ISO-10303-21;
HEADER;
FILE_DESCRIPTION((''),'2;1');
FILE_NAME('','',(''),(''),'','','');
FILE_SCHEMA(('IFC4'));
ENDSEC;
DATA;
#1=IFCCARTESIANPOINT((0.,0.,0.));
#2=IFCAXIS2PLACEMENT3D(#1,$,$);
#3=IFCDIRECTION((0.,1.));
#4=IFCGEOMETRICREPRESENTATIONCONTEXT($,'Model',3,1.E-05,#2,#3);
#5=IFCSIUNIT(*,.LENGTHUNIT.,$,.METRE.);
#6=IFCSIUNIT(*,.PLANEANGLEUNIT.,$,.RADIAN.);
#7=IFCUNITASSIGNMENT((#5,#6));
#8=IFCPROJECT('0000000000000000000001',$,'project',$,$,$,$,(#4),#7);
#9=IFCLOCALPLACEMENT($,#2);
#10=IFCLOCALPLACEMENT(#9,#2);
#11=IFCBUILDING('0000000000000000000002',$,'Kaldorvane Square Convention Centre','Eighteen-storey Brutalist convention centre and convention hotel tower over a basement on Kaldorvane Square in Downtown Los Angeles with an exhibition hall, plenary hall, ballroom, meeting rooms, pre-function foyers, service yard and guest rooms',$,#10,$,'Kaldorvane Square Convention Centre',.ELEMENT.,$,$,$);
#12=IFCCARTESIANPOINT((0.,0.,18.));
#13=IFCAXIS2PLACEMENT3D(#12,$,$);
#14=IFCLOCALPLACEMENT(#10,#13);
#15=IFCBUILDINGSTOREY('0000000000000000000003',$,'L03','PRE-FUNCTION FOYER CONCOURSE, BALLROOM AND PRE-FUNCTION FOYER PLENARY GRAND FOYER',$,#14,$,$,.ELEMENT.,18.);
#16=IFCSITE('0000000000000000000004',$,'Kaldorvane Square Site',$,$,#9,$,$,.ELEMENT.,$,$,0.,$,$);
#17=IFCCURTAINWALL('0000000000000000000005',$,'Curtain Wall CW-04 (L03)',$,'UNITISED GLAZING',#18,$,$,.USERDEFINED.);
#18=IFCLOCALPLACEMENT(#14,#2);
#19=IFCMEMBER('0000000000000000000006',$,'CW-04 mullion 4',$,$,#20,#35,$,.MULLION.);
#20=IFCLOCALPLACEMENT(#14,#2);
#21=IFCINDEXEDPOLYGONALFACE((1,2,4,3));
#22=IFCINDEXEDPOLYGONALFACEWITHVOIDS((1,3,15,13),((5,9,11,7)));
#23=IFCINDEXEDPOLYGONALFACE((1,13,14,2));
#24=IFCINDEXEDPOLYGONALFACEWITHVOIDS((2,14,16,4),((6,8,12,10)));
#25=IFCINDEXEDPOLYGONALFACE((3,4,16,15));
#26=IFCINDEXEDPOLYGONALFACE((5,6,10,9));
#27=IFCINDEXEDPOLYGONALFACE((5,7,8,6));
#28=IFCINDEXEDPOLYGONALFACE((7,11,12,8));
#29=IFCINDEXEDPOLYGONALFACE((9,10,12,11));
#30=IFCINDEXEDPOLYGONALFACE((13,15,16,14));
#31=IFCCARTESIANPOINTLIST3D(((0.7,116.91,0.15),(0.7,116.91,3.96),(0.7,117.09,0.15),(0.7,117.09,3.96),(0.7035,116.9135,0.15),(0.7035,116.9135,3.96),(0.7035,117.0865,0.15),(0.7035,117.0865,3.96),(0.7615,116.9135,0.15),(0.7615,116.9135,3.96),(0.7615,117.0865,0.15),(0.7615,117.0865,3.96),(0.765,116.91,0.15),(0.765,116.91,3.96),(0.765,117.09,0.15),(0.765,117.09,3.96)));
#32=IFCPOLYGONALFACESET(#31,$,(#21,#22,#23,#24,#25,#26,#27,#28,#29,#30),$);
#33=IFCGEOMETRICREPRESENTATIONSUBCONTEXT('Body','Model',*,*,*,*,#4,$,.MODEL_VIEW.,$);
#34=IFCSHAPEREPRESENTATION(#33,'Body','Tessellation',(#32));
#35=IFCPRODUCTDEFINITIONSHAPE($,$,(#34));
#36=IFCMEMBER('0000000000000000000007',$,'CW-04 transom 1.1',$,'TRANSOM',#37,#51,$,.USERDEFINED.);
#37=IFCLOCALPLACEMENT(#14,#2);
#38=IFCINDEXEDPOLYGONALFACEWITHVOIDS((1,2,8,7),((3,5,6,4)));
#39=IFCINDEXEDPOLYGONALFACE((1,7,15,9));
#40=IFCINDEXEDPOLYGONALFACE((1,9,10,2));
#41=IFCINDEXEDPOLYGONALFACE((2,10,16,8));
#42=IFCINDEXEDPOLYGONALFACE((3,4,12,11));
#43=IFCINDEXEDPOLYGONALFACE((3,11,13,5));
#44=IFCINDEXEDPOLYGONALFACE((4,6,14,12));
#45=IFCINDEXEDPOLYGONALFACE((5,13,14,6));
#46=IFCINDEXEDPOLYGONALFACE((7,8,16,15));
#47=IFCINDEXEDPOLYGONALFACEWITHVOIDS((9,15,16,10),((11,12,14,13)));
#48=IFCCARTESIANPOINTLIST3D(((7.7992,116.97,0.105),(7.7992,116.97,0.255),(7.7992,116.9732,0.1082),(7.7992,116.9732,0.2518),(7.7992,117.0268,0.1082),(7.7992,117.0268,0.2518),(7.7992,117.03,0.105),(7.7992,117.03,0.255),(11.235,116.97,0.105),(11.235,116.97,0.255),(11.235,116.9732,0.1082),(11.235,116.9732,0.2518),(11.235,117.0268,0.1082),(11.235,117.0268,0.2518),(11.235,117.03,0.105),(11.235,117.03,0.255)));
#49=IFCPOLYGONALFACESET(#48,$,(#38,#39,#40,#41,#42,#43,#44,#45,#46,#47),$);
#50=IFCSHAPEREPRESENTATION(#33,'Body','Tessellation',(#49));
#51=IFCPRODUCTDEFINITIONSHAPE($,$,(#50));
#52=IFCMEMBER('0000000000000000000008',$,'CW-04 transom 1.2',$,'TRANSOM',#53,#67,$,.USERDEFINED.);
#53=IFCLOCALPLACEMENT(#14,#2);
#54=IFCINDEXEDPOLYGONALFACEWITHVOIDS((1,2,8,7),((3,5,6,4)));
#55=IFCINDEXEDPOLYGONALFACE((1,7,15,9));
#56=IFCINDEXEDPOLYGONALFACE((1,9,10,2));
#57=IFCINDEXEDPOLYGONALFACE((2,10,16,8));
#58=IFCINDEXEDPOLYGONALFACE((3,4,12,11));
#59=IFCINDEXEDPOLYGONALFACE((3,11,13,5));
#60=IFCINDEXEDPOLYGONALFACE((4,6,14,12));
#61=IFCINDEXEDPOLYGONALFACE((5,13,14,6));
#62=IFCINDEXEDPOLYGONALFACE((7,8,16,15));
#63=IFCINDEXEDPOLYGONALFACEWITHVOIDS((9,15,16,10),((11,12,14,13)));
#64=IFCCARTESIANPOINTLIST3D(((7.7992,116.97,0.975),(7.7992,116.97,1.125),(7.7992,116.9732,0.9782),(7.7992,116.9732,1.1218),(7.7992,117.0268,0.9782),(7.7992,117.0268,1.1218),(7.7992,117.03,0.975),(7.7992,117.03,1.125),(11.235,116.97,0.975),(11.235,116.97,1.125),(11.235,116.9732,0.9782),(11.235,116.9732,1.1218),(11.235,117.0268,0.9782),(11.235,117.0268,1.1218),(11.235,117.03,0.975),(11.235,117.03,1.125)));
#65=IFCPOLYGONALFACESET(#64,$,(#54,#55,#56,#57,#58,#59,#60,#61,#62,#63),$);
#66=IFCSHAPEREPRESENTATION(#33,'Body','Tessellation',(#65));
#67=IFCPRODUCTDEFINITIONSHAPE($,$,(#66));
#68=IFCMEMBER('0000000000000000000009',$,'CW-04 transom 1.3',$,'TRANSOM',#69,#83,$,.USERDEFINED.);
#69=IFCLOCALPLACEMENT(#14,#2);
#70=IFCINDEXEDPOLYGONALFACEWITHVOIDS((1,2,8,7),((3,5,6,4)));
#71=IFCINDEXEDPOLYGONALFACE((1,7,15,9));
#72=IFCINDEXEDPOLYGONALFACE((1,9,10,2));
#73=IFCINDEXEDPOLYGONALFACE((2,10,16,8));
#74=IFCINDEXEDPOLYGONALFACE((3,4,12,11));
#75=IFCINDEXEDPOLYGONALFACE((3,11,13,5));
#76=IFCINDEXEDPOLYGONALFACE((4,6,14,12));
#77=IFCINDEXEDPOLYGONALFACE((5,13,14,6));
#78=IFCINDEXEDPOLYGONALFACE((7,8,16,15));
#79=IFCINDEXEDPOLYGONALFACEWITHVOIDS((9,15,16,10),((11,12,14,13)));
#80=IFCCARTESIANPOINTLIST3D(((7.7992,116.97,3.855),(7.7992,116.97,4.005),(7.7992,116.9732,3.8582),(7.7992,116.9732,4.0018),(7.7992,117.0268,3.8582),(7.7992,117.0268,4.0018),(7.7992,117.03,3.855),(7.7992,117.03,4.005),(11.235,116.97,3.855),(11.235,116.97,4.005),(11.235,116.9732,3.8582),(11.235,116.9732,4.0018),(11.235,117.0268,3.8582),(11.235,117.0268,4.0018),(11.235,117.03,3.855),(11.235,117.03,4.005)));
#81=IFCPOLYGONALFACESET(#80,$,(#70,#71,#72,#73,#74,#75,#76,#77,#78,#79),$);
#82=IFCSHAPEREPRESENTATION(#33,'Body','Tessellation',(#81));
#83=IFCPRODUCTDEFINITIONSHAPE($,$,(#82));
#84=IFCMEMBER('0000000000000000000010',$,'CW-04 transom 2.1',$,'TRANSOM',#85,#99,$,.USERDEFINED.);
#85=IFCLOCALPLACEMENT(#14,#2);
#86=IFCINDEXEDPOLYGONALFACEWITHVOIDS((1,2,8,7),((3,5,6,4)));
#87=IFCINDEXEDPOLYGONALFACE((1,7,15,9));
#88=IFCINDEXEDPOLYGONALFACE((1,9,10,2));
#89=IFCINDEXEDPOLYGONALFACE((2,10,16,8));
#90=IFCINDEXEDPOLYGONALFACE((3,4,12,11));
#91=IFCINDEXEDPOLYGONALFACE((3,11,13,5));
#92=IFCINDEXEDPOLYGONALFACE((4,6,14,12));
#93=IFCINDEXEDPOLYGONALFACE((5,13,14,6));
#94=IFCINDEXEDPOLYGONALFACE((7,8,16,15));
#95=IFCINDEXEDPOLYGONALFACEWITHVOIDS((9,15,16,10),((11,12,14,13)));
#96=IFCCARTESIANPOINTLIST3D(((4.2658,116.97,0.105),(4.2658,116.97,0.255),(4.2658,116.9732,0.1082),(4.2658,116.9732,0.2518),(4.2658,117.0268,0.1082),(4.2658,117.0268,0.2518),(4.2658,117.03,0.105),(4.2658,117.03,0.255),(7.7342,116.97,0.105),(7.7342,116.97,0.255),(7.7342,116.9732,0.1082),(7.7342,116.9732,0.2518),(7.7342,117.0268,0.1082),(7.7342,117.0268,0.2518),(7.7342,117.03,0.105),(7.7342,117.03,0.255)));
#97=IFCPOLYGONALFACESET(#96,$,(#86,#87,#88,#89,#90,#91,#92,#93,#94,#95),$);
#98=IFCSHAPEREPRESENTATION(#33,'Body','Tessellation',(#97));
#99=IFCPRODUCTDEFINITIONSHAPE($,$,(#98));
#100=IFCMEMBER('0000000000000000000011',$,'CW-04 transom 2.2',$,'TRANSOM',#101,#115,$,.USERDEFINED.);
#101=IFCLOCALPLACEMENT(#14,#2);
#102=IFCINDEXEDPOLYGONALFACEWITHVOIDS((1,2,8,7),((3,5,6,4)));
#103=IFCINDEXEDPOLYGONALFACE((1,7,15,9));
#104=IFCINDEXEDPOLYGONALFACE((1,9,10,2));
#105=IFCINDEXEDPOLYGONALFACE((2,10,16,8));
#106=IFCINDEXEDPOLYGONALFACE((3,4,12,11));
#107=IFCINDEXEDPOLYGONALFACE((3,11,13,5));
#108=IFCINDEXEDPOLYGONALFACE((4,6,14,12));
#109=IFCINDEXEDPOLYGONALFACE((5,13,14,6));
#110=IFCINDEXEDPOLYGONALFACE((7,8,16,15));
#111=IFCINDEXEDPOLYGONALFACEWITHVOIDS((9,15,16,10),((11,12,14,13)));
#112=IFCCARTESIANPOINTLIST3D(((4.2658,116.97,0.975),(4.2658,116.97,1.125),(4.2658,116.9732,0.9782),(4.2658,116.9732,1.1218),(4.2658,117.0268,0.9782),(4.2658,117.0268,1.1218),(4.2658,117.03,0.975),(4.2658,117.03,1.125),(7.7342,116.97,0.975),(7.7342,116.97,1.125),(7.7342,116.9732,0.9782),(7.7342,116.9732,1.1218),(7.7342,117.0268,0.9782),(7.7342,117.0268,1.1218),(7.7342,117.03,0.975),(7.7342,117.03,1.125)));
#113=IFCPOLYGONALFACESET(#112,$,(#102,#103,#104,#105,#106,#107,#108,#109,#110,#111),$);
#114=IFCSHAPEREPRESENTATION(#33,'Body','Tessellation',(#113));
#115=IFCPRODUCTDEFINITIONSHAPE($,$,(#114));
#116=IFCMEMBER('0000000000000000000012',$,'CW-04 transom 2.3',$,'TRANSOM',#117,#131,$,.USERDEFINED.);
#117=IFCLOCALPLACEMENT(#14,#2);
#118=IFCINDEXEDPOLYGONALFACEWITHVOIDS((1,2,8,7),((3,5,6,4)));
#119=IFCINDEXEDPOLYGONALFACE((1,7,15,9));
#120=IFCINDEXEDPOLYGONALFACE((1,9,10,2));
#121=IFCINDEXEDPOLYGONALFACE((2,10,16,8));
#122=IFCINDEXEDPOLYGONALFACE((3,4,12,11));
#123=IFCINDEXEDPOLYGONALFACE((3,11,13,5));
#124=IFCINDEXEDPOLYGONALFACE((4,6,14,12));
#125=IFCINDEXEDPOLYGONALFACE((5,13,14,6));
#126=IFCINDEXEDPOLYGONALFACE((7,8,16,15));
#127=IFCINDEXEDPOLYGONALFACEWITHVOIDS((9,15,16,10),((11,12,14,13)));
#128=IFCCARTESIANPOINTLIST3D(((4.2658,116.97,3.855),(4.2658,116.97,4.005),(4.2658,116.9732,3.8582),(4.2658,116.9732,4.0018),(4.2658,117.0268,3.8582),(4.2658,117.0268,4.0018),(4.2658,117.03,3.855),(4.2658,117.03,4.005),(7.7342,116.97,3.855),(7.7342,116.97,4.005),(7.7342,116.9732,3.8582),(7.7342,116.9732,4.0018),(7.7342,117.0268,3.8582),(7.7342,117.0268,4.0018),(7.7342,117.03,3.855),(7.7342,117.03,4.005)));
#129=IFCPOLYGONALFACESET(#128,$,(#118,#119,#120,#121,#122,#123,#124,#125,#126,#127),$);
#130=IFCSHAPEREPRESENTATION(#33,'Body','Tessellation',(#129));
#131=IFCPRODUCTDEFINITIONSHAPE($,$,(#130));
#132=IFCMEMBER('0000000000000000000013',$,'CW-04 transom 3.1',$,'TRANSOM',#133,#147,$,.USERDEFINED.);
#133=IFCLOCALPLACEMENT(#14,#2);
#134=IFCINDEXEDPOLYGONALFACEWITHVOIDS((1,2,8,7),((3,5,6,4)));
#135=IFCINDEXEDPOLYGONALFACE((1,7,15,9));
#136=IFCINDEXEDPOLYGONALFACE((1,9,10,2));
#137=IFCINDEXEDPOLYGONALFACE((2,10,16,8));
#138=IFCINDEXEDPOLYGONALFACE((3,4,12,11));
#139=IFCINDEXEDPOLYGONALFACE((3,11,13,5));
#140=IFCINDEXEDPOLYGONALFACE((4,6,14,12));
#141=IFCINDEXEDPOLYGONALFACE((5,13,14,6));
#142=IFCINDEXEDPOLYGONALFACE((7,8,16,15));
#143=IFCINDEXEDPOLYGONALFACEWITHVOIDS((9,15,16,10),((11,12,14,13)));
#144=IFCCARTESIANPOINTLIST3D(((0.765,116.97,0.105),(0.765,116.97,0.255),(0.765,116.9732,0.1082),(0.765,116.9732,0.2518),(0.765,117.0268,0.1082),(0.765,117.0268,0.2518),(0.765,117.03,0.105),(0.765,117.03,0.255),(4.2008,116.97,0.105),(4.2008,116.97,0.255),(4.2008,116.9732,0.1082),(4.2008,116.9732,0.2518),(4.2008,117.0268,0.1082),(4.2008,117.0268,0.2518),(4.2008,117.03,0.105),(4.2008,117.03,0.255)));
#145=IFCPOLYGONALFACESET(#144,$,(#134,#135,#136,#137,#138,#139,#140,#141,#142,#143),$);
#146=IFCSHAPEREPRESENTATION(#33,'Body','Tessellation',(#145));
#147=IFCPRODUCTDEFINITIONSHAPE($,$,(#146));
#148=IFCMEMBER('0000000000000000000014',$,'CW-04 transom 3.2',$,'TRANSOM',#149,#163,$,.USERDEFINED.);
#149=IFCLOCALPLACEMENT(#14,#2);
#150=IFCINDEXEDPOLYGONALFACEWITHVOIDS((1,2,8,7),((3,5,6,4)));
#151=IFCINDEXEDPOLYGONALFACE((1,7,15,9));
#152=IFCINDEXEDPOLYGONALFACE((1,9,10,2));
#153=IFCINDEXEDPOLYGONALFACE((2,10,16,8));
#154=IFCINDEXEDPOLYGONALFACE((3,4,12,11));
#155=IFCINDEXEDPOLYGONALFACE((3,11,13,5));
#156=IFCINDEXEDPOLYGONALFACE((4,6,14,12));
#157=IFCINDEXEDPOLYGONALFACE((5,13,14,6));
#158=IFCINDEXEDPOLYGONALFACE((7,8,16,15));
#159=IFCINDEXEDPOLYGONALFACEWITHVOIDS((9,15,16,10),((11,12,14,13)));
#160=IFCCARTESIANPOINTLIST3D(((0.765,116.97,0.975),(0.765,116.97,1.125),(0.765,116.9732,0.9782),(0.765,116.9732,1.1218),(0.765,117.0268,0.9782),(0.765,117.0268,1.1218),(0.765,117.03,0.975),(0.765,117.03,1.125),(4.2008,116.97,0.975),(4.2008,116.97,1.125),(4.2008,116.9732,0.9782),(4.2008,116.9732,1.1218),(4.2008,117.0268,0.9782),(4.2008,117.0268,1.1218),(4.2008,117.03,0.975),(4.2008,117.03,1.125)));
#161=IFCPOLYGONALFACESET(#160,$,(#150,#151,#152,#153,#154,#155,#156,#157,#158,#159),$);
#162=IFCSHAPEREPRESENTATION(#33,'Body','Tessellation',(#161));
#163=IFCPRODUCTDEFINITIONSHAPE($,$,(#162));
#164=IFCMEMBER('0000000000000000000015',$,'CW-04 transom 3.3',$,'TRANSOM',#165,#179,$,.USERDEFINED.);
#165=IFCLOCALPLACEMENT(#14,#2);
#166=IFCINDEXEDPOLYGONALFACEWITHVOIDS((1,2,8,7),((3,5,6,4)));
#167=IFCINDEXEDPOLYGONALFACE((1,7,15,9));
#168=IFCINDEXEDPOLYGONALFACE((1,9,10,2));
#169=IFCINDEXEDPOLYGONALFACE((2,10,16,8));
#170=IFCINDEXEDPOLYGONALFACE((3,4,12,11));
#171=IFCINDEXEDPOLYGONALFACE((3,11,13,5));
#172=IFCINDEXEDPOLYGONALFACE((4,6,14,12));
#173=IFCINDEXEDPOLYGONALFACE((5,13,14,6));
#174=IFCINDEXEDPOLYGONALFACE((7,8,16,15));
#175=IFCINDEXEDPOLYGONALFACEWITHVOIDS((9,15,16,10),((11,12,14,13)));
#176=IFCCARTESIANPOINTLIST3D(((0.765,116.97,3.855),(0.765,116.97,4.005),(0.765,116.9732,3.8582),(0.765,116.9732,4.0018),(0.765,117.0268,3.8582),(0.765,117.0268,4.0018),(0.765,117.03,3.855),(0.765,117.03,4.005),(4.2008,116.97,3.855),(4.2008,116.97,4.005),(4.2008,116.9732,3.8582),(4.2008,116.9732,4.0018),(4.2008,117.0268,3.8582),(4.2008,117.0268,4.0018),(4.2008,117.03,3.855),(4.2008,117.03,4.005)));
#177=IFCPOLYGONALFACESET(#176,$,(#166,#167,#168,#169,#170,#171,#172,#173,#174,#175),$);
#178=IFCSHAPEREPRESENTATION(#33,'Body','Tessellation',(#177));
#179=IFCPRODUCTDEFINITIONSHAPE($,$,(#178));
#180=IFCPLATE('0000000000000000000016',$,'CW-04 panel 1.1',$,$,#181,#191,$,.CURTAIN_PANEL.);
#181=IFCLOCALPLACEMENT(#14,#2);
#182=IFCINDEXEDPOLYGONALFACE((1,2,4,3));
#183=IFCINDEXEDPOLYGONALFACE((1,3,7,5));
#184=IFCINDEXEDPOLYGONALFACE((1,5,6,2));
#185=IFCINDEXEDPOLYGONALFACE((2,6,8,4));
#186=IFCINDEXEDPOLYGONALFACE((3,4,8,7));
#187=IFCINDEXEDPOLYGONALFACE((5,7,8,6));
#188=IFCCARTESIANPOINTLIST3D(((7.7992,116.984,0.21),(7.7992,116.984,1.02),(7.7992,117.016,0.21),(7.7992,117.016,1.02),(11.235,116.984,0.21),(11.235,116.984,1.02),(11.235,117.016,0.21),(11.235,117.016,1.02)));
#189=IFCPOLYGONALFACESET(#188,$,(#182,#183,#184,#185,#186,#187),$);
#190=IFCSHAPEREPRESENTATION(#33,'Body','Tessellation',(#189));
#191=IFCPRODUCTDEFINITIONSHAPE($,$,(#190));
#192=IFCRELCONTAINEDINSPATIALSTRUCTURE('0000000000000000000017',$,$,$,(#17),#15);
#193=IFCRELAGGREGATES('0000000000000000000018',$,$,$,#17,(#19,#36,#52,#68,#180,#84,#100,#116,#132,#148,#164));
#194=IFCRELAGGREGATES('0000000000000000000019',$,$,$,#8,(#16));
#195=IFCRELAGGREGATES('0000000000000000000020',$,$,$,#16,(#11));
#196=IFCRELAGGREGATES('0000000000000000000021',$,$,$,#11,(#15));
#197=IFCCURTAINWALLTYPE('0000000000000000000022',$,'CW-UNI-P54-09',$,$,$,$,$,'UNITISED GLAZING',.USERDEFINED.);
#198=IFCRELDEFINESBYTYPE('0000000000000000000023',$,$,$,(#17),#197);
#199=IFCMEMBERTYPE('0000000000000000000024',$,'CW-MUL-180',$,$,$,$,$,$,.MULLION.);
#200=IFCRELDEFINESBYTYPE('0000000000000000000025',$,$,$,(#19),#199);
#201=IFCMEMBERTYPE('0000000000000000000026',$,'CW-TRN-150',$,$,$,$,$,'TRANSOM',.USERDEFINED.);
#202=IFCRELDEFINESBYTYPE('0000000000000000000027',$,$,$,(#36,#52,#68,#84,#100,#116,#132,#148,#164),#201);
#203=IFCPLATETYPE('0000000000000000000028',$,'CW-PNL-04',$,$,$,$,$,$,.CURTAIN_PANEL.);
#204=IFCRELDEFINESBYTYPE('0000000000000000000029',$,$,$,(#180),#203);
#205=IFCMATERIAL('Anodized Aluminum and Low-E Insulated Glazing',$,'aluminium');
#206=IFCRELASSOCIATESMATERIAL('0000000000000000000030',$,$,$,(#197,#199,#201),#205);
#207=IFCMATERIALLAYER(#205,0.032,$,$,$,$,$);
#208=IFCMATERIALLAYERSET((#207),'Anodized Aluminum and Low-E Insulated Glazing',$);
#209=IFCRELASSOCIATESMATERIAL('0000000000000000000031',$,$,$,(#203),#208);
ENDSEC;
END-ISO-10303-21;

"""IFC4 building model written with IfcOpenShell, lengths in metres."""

from ifc_helpers import new_model, si_unit, direction, frame, origin, origin_2d, place, context, subcontext, project, spatial, rectangle, hollow_rectangle, extrude, material, layer, layer_set, material_profile, profile_set, type_object, element, aggregate, save


model = new_model("IFC4")

# Units and contexts
model_context = context("Model", 3, precision=1e-05, world=origin(), true_north=direction((0.0, 1.0)))
body_context = subcontext(model_context, "Body", "Model", "MODEL_VIEW")
ifc_project = project(units=[si_unit("LENGTHUNIT", "METRE"), si_unit("PLANEANGLEUNIT", "RADIAN")], contexts=[model_context])

# Site, building, storey
site_placement = place(None, origin())
site = spatial("IfcSite", under=ifc_project, at=site_placement, Name="Kaldorvane Square Site", CompositionType="ELEMENT", RefElevation=0.0)
building_placement = place(site_placement, origin())
building = spatial("IfcBuilding", under=site, at=building_placement, Name="Kaldorvane Square Convention Centre", Description="Eighteen-storey Brutalist convention centre and convention hotel tower over a basement on Kaldorvane Square in Downtown Los Angeles with an exhibition hall, plenary hall, ballroom, meeting rooms, pre-function foyers, service yard and guest rooms", LongName="Kaldorvane Square Convention Centre", CompositionType="ELEMENT")
storey_placement = place(building_placement, frame((0.0, 0.0, 18.0)))
storey = spatial("IfcBuildingStorey", under=building, at=storey_placement, Name="L03", Description="PRE-FUNCTION FOYER CONCOURSE, BALLROOM AND PRE-FUNCTION FOYER PLENARY GRAND FOYER", CompositionType="ELEMENT", Elevation=18.0)

# Curtain wall, members, plate
ifc_material_1 = material(Name="Anodized Aluminum and Low-E Insulated Glazing", Category="aluminium")
curtain_wall_type = type_object("IfcCurtainWallType", Name="CW-UNI-P54-09", ElementType="UNITISED GLAZING", PredefinedType="USERDEFINED", material=ifc_material_1)
curtain_wall_placement = place(storey_placement, origin())
curtain_wall = element("IfcCurtainWall", 1, at=curtain_wall_placement, inside=storey, type_object=curtain_wall_type, Name="Curtain Wall CW-04 (L03)", ObjectType="UNITISED GLAZING", PredefinedType="USERDEFINED")
ifc_material_profile_1 = material_profile(ifc_material_1, hollow_rectangle(XDim=0.065, YDim=0.18, WallThickness=0.0035, at=origin_2d()), Name="CWM-180X65")
ifc_profile_set_1 = profile_set([ifc_material_profile_1], Name="Anodized Aluminum and Low-E Insulated Glazing")
member_type_1 = type_object("IfcMemberType", Name="CW-MUL-180", PredefinedType="MULLION", material=ifc_profile_set_1)
member_1_placement = place(storey_placement, frame((0.7325, 117.0, 0.15), z_axis=(0.0, 0.0, 1.0), x_axis=(-1.0, 0.0, 0.0)))
member_1 = element("IfcMember", 2, at=member_1_placement, type_object=member_type_1, Name="CW-04 mullion 4", PredefinedType="MULLION", context=body_context, shape_type="SweptSolid", body=[
    extrude(hollow_rectangle(XDim=0.065, YDim=0.18, WallThickness=0.0035, at=origin_2d()), origin(), (0.0, 0.0, 1.0), 3.81),
])
ifc_material_profile_2 = material_profile(ifc_material_1, hollow_rectangle(XDim=0.06, YDim=0.15, WallThickness=0.0032, at=origin_2d()), Name="CWT-150X60")
ifc_profile_set_2 = profile_set([ifc_material_profile_2], Name="Anodized Aluminum and Low-E Insulated Glazing")
member_type_2 = type_object("IfcMemberType", Name="CW-TRN-150", ElementType="TRANSOM", PredefinedType="USERDEFINED", material=ifc_profile_set_2)
member_2_placement = place(storey_placement, frame((11.235, 117.0, 0.18), z_axis=(-1.0, 0.0, 0.0), x_axis=(0.0, -1.0, 0.0)))
member_2 = element("IfcMember", 3, at=member_2_placement, type_object=member_type_2, Name="CW-04 transom 1.1", ObjectType="TRANSOM", PredefinedType="USERDEFINED", context=body_context, shape_type="SweptSolid", body=[
    extrude(hollow_rectangle(XDim=0.06, YDim=0.15, WallThickness=0.0032, at=origin_2d()), origin(), (0.0, 0.0, 1.0), 3.4358),
])
member_3_placement = place(storey_placement, frame((11.235, 117.0, 1.05), z_axis=(-1.0, 0.0, 0.0), x_axis=(0.0, -1.0, 0.0)))
member_3 = element("IfcMember", 4, at=member_3_placement, type_object=member_type_2, Name="CW-04 transom 1.2", ObjectType="TRANSOM", PredefinedType="USERDEFINED", context=body_context, shape_type="SweptSolid", body=[
    extrude(hollow_rectangle(XDim=0.06, YDim=0.15, WallThickness=0.0032, at=origin_2d()), origin(), (0.0, 0.0, 1.0), 3.4358),
])
member_4_placement = place(storey_placement, frame((11.235, 117.0, 3.93), z_axis=(-1.0, 0.0, 0.0), x_axis=(0.0, -1.0, 0.0)))
member_4 = element("IfcMember", 5, at=member_4_placement, type_object=member_type_2, Name="CW-04 transom 1.3", ObjectType="TRANSOM", PredefinedType="USERDEFINED", context=body_context, shape_type="SweptSolid", body=[
    extrude(hollow_rectangle(XDim=0.06, YDim=0.15, WallThickness=0.0032, at=origin_2d()), origin(), (0.0, 0.0, 1.0), 3.4358),
])
member_5_placement = place(storey_placement, frame((7.7342, 117.0, 0.18), z_axis=(-1.0, 0.0, 0.0), x_axis=(0.0, -1.0, 0.0)))
member_5 = element("IfcMember", 6, at=member_5_placement, type_object=member_type_2, Name="CW-04 transom 2.1", ObjectType="TRANSOM", PredefinedType="USERDEFINED", context=body_context, shape_type="SweptSolid", body=[
    extrude(hollow_rectangle(XDim=0.06, YDim=0.15, WallThickness=0.0032, at=origin_2d()), origin(), (0.0, 0.0, 1.0), 3.4683),
])
member_6_placement = place(storey_placement, frame((7.7342, 117.0, 1.05), z_axis=(-1.0, 0.0, 0.0), x_axis=(0.0, -1.0, 0.0)))
member_6 = element("IfcMember", 7, at=member_6_placement, type_object=member_type_2, Name="CW-04 transom 2.2", ObjectType="TRANSOM", PredefinedType="USERDEFINED", context=body_context, shape_type="SweptSolid", body=[
    extrude(hollow_rectangle(XDim=0.06, YDim=0.15, WallThickness=0.0032, at=origin_2d()), origin(), (0.0, 0.0, 1.0), 3.4683),
])
member_7_placement = place(storey_placement, frame((7.7342, 117.0, 3.93), z_axis=(-1.0, 0.0, 0.0), x_axis=(0.0, -1.0, 0.0)))
member_7 = element("IfcMember", 8, at=member_7_placement, type_object=member_type_2, Name="CW-04 transom 2.3", ObjectType="TRANSOM", PredefinedType="USERDEFINED", context=body_context, shape_type="SweptSolid", body=[
    extrude(hollow_rectangle(XDim=0.06, YDim=0.15, WallThickness=0.0032, at=origin_2d()), origin(), (0.0, 0.0, 1.0), 3.4683),
])
member_8_placement = place(storey_placement, frame((4.2008, 117.0, 0.18), z_axis=(-1.0, 0.0, 0.0), x_axis=(0.0, -1.0, 0.0)))
member_8 = element("IfcMember", 9, at=member_8_placement, type_object=member_type_2, Name="CW-04 transom 3.1", ObjectType="TRANSOM", PredefinedType="USERDEFINED", context=body_context, shape_type="SweptSolid", body=[
    extrude(hollow_rectangle(XDim=0.06, YDim=0.15, WallThickness=0.0032, at=origin_2d()), origin(), (0.0, 0.0, 1.0), 3.4358),
])
member_9_placement = place(storey_placement, frame((4.2008, 117.0, 1.05), z_axis=(-1.0, 0.0, 0.0), x_axis=(0.0, -1.0, 0.0)))
member_9 = element("IfcMember", 10, at=member_9_placement, type_object=member_type_2, Name="CW-04 transom 3.2", ObjectType="TRANSOM", PredefinedType="USERDEFINED", context=body_context, shape_type="SweptSolid", body=[
    extrude(hollow_rectangle(XDim=0.06, YDim=0.15, WallThickness=0.0032, at=origin_2d()), origin(), (0.0, 0.0, 1.0), 3.4358),
])
member_10_placement = place(storey_placement, frame((4.2008, 117.0, 3.93), z_axis=(-1.0, 0.0, 0.0), x_axis=(0.0, -1.0, 0.0)))
member_10 = element("IfcMember", 11, at=member_10_placement, type_object=member_type_2, Name="CW-04 transom 3.3", ObjectType="TRANSOM", PredefinedType="USERDEFINED", context=body_context, shape_type="SweptSolid", body=[
    extrude(hollow_rectangle(XDim=0.06, YDim=0.15, WallThickness=0.0032, at=origin_2d()), origin(), (0.0, 0.0, 1.0), 3.4358),
])
ifc_layer_1 = layer(ifc_material_1, 0.032)
ifc_layer_set_1 = layer_set([ifc_layer_1], Name="Anodized Aluminum and Low-E Insulated Glazing")
plate_type = type_object("IfcPlateType", Name="CW-PNL-04", PredefinedType="CURTAIN_PANEL", material=ifc_layer_set_1)
plate_1_placement = place(storey_placement, frame((9.5171, 117.0, 0.21), z_axis=(0.0, 0.0, 1.0), x_axis=(-1.0, 0.0, 0.0)))
plate_1 = element("IfcPlate", 12, at=plate_1_placement, type_object=plate_type, Name="CW-04 panel 1.1", PredefinedType="CURTAIN_PANEL", context=body_context, shape_type="SweptSolid", body=[
    extrude(rectangle(XDim=3.4358, YDim=0.032, at=origin_2d()), origin(), (0.0, 0.0, 1.0), 0.81),
])
aggregate(curtain_wall, [member_1, member_2, member_3, member_4, plate_1, member_5, member_6, member_7, member_8, member_9, member_10])

save(model, "model.ifc")
